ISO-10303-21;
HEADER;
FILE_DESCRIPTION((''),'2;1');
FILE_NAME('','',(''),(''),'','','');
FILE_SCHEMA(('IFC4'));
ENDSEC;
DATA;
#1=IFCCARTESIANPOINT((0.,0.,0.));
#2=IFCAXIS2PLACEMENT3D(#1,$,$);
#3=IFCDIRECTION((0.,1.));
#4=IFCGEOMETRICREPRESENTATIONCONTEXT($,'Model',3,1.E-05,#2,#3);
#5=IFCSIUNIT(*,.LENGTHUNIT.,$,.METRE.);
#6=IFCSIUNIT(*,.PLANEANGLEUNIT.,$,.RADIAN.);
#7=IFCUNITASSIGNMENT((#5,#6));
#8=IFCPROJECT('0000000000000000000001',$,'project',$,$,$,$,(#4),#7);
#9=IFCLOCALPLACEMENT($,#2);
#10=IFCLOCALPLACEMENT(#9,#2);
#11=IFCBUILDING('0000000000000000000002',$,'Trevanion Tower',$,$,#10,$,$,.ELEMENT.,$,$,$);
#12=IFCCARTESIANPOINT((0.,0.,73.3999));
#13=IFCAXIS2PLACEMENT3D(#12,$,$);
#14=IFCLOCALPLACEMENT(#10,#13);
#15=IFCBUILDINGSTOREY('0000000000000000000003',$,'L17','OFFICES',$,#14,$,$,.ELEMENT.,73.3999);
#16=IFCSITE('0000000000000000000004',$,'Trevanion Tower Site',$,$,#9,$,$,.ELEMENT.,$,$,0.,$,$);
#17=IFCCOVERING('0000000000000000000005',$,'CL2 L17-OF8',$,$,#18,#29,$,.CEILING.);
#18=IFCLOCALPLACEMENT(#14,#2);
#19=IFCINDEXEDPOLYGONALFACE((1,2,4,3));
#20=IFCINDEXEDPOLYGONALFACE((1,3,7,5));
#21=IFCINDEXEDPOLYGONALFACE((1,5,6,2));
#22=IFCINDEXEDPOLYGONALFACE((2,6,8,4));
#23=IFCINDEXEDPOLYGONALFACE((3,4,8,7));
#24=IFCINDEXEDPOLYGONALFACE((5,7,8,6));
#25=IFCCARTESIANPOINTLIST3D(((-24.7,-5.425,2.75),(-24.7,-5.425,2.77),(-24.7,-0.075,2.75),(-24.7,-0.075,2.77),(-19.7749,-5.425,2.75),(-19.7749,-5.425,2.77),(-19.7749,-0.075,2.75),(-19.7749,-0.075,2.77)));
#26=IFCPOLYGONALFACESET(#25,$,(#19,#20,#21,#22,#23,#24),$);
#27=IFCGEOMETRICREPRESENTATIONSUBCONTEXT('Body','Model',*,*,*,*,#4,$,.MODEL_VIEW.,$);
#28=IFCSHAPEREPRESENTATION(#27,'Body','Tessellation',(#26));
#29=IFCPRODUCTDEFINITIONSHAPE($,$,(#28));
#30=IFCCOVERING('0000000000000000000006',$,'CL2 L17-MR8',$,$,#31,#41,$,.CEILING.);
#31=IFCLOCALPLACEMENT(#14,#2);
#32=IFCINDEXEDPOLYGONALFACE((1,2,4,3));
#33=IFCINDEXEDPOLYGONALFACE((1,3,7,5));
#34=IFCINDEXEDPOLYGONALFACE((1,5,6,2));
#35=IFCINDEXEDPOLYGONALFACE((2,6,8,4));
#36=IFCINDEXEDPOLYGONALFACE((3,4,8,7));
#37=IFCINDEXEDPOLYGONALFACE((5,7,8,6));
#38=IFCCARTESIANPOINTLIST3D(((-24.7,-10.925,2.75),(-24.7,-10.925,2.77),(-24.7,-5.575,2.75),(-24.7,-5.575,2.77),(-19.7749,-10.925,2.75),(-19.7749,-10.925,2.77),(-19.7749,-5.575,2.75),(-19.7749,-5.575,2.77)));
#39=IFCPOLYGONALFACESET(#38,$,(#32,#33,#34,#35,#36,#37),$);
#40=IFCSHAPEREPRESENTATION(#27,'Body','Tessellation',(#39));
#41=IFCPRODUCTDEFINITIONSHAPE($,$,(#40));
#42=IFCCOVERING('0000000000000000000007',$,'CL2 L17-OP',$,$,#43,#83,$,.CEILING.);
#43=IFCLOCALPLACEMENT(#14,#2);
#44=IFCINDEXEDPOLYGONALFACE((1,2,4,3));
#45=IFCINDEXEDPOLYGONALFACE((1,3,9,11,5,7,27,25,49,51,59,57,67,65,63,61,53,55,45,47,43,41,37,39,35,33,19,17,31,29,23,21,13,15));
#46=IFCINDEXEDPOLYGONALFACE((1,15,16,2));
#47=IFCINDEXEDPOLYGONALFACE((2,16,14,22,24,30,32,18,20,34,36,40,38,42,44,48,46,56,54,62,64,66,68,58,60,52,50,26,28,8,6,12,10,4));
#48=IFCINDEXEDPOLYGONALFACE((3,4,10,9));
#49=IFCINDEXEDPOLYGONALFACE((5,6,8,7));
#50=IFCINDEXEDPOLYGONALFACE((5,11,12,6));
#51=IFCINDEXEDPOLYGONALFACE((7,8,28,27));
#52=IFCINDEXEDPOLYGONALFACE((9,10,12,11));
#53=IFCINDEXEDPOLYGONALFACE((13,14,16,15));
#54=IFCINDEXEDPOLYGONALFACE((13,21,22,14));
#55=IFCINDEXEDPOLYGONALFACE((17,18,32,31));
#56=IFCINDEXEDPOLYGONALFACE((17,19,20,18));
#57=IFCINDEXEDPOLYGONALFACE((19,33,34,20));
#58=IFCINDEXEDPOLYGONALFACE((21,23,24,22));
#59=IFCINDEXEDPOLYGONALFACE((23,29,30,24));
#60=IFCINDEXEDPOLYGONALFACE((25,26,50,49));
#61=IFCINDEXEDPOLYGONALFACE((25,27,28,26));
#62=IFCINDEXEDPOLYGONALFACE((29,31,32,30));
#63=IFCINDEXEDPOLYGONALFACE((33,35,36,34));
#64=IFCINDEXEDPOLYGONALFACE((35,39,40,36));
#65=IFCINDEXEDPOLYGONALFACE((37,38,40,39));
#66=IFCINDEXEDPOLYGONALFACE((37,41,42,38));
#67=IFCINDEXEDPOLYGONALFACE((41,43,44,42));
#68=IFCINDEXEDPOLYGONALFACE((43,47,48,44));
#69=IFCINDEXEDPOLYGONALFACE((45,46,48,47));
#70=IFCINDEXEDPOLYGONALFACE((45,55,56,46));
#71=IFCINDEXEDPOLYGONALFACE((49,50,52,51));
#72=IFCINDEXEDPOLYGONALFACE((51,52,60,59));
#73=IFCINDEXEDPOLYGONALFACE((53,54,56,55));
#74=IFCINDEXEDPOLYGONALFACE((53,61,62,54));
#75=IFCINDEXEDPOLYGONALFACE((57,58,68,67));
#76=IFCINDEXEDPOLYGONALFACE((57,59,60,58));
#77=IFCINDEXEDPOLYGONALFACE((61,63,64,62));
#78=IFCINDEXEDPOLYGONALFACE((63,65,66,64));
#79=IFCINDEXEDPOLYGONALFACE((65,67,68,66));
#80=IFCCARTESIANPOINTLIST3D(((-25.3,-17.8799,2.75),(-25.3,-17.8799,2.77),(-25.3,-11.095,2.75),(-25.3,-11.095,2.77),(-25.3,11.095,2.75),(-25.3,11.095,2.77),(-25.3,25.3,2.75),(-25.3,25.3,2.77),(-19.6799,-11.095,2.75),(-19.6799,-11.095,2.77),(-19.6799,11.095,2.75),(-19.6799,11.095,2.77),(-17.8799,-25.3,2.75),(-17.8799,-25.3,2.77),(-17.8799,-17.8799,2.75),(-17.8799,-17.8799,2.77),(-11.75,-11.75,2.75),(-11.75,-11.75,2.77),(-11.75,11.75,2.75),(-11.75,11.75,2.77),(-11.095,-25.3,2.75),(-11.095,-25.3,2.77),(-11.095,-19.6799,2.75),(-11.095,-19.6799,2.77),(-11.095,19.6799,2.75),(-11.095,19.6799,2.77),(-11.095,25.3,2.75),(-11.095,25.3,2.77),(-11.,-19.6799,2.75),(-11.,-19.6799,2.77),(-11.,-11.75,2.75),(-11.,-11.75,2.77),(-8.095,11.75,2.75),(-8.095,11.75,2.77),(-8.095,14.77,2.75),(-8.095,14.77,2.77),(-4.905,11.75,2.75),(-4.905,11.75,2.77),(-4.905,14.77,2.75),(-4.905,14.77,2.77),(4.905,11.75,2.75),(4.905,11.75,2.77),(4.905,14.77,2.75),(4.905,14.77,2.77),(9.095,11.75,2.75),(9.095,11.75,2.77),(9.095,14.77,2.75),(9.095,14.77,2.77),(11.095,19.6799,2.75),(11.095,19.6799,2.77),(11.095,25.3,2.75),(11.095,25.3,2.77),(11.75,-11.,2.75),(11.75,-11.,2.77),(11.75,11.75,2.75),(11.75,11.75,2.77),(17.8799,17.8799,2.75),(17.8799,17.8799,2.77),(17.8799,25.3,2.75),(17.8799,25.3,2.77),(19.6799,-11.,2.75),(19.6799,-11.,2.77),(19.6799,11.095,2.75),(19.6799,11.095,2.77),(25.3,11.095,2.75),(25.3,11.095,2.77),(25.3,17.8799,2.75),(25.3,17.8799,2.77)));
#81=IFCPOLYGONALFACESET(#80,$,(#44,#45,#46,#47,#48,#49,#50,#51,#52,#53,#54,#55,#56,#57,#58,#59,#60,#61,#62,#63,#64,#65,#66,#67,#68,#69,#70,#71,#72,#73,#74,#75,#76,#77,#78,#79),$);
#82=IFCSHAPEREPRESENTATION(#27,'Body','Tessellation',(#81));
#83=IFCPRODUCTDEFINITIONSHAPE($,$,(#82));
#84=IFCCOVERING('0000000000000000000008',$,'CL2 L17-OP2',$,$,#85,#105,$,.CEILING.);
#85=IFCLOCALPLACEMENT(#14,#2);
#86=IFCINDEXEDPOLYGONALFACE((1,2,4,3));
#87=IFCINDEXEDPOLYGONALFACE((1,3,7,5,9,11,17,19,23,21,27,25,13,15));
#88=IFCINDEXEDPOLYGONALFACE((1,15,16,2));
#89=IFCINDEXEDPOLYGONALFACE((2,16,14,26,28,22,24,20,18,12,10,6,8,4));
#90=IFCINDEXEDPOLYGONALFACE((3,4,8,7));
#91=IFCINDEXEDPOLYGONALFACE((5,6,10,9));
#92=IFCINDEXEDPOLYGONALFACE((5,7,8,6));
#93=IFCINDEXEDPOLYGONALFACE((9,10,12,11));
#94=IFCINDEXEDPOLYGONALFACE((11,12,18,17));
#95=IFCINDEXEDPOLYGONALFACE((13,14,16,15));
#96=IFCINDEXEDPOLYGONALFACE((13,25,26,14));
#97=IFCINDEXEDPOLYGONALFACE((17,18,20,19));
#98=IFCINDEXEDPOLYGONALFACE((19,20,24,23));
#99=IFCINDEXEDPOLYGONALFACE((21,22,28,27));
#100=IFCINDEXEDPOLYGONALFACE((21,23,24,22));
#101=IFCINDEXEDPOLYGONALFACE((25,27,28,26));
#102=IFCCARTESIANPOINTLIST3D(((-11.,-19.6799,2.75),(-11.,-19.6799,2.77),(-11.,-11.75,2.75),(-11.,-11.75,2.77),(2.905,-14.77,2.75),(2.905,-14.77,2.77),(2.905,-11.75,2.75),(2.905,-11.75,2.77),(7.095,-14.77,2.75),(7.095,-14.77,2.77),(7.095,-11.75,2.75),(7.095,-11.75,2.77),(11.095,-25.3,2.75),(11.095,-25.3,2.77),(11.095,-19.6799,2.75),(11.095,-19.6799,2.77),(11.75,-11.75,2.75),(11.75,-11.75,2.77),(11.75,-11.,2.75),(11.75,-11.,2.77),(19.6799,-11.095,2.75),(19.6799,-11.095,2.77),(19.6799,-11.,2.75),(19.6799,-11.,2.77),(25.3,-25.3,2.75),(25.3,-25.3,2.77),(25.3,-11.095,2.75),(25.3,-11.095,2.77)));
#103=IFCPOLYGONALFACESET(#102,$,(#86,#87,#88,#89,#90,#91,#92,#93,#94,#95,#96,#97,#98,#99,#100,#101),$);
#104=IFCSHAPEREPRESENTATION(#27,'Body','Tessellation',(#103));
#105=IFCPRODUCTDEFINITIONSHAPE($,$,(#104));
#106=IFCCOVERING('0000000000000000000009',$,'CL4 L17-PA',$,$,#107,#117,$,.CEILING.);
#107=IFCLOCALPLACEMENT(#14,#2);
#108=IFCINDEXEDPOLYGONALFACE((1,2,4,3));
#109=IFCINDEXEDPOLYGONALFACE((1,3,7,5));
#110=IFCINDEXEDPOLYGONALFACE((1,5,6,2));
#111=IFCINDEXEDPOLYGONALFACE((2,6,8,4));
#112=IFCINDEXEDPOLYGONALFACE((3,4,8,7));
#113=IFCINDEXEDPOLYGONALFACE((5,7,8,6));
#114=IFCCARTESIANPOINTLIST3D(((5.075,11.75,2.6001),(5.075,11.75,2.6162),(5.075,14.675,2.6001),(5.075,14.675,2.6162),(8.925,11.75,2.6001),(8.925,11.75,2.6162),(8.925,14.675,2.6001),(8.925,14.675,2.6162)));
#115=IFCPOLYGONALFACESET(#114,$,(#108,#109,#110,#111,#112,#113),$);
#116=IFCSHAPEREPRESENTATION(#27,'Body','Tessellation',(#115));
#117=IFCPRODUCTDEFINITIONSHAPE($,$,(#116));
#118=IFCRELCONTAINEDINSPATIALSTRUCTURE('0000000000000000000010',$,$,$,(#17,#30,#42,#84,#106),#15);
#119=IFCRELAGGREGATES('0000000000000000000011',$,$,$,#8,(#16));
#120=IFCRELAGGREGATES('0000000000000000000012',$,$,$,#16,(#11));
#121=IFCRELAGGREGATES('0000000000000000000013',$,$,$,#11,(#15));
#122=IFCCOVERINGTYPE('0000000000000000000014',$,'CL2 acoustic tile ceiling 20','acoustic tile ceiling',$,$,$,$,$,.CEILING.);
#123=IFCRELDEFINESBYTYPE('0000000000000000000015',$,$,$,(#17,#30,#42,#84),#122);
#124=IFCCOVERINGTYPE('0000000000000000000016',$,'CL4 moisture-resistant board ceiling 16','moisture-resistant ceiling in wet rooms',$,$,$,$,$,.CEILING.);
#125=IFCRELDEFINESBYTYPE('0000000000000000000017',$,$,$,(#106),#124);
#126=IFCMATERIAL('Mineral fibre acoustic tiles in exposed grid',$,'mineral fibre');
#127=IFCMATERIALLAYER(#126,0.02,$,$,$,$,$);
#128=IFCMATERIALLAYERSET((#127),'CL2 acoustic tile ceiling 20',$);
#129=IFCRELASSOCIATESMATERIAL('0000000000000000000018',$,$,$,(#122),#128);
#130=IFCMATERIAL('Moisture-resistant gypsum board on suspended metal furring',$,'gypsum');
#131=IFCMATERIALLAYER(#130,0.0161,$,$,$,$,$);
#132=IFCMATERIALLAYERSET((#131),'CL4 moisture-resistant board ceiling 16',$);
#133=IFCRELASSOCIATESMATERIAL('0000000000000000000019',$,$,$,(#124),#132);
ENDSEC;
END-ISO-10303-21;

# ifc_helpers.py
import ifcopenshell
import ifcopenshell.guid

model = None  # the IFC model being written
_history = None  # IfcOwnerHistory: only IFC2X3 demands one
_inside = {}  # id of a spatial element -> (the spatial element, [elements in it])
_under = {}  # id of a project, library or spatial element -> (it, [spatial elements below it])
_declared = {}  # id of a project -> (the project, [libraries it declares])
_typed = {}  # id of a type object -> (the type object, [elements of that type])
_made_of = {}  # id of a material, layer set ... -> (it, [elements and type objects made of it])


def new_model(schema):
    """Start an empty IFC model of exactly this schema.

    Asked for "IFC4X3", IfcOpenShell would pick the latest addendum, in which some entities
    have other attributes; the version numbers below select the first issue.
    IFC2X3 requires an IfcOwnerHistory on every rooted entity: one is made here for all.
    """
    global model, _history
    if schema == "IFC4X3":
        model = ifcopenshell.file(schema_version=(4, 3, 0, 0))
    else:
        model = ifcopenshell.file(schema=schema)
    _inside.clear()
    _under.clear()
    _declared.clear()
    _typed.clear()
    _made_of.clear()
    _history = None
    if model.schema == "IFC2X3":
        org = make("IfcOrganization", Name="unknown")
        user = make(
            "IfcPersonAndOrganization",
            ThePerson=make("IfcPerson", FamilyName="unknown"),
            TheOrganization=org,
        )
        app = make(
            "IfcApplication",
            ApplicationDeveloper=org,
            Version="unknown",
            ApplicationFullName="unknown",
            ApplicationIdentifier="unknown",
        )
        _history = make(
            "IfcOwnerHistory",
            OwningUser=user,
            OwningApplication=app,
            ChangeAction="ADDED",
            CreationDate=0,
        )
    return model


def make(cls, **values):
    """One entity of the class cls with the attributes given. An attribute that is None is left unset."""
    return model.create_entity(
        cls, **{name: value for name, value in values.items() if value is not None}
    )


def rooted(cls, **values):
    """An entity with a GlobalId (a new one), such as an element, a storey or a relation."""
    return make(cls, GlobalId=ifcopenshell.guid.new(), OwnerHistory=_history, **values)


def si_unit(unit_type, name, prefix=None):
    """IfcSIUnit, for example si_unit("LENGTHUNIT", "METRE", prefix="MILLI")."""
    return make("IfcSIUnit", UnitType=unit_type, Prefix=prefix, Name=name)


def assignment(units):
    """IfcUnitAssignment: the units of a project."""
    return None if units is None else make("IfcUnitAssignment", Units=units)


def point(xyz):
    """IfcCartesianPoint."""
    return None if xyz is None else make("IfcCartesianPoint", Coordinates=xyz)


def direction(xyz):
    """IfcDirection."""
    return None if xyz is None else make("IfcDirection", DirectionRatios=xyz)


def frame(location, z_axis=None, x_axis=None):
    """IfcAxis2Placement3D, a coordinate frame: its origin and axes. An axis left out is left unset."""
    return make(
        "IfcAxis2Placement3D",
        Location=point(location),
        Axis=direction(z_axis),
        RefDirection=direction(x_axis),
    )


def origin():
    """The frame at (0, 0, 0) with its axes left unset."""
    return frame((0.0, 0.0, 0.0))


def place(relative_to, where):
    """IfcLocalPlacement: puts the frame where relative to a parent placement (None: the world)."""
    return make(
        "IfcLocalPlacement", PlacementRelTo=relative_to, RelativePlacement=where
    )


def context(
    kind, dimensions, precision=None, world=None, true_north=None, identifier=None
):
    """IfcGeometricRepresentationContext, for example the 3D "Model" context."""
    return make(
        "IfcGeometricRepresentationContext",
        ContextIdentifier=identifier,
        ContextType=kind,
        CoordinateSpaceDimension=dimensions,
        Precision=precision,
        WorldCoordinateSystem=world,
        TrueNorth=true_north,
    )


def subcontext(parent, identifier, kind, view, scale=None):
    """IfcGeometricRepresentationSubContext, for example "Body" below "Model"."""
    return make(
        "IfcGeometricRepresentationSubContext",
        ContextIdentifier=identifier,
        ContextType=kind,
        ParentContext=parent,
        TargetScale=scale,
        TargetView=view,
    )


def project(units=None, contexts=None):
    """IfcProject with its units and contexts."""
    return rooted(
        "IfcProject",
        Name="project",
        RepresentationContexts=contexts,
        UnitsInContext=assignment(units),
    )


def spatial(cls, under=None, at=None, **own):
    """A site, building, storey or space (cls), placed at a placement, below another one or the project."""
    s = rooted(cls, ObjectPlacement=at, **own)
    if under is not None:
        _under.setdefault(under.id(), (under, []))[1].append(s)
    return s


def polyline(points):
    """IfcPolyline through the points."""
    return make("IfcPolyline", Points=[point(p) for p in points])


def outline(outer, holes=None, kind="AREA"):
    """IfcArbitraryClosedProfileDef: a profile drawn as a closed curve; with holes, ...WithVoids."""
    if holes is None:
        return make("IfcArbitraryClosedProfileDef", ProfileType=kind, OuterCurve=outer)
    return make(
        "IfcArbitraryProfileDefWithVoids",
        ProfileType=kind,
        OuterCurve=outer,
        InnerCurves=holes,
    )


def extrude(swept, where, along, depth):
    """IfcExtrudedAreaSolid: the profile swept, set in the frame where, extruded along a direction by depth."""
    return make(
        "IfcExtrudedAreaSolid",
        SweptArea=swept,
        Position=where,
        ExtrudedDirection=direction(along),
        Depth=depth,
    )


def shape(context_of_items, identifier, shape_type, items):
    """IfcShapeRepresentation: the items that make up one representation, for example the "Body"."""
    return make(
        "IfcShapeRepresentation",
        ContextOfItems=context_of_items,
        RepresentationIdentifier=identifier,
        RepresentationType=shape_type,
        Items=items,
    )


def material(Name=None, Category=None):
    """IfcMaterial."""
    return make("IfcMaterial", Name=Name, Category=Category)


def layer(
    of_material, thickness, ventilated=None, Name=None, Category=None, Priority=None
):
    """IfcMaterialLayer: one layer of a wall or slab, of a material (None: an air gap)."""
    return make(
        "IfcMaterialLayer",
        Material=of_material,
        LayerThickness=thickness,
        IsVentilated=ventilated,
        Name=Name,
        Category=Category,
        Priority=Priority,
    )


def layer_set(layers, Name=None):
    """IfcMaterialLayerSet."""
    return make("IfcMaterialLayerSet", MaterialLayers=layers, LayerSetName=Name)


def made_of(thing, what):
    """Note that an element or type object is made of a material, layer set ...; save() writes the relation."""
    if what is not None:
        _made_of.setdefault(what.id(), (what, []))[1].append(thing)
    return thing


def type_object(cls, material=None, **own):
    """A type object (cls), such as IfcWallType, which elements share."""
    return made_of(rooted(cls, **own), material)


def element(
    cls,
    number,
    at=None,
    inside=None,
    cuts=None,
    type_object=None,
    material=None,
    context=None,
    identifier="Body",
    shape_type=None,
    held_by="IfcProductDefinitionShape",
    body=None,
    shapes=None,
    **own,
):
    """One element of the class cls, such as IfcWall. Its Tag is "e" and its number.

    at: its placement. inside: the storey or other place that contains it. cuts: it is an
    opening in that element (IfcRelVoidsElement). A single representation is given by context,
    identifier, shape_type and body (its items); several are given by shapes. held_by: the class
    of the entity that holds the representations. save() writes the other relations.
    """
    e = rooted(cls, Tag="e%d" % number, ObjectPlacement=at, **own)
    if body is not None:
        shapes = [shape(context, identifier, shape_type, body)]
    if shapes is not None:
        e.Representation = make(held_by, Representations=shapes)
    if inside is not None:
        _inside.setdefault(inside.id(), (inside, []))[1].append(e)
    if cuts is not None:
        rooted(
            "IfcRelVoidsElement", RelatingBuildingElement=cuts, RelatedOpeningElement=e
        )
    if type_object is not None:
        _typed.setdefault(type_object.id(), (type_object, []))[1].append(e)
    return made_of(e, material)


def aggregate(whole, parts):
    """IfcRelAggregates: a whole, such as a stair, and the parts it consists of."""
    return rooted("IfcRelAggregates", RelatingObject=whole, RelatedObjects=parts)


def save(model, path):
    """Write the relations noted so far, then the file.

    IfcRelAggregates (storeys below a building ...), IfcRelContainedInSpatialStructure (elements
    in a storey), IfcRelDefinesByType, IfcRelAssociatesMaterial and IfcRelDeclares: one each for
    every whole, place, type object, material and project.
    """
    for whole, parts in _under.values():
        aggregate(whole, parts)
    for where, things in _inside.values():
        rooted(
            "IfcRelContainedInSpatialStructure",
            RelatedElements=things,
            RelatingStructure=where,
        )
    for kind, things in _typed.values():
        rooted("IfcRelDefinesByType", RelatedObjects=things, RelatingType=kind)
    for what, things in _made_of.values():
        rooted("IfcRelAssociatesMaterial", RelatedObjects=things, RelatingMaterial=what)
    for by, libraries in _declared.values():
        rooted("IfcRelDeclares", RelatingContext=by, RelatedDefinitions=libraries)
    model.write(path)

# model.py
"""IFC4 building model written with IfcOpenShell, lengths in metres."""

from ifc_helpers import new_model, si_unit, direction, frame, origin, place, context, subcontext, project, spatial, polyline, outline, extrude, material, layer, layer_set, type_object, element, save


model = new_model("IFC4")

# Units and contexts
model_context = context("Model", 3, precision=1e-05, world=origin(), true_north=direction((0.0, 1.0)))
body_context = subcontext(model_context, "Body", "Model", "MODEL_VIEW")
ifc_project = project(units=[si_unit("LENGTHUNIT", "METRE"), si_unit("PLANEANGLEUNIT", "RADIAN")], contexts=[model_context])

# Site, building, storey
site_placement = place(None, origin())
site = spatial("IfcSite", under=ifc_project, at=site_placement, Name="Trevanion Tower Site", CompositionType="ELEMENT", RefElevation=0.0)
building_placement = place(site_placement, origin())
building = spatial("IfcBuilding", under=site, at=building_placement, Name="Trevanion Tower", CompositionType="ELEMENT")
storey_placement = place(building_placement, frame((0.0, 0.0, 73.3999)))
storey = spatial("IfcBuildingStorey", under=building, at=storey_placement, Name="L17", Description="OFFICES", CompositionType="ELEMENT", Elevation=73.3999)

# Coverings
ifc_material_1 = material(Name="Mineral fibre acoustic tiles in exposed grid", Category="mineral fibre")
ifc_layer_1 = layer(ifc_material_1, 0.02)
ifc_layer_set_1 = layer_set([ifc_layer_1], Name="CL2 acoustic tile ceiling 20")
covering_type_1 = type_object("IfcCoveringType", Name="CL2 acoustic tile ceiling 20", Description="acoustic tile ceiling", PredefinedType="CEILING", material=ifc_layer_set_1)
covering_1_placement = place(storey_placement, frame((0.0, 0.0, 2.75)))
element("IfcCovering", 1, at=covering_1_placement, inside=storey, type_object=covering_type_1, Name="CL2 L17-OF8", PredefinedType="CEILING", context=body_context, shape_type="SweptSolid", body=[
    extrude(outline(polyline([(-19.7749, -0.075), (-19.7749, -5.425), (-24.7, -5.425), (-24.7, -0.075), (-19.7749, -0.075)])), origin(), (0.0, 0.0, 1.0), 0.02),
])
covering_2_placement = place(storey_placement, frame((0.0, 0.0, 2.75)))
element("IfcCovering", 2, at=covering_2_placement, inside=storey, type_object=covering_type_1, Name="CL2 L17-MR8", PredefinedType="CEILING", context=body_context, shape_type="SweptSolid", body=[
    extrude(outline(polyline([(-19.7749, -5.575), (-19.7749, -10.925), (-24.7, -10.925), (-24.7, -5.575), (-19.7749, -5.575)])), origin(), (0.0, 0.0, 1.0), 0.02),
])
covering_3_placement = place(storey_placement, frame((0.0, 0.0, 2.75)))
element("IfcCovering", 3, at=covering_3_placement, inside=storey, type_object=covering_type_1, Name="CL2 L17-OP", PredefinedType="CEILING", context=body_context, shape_type="SweptSolid", body=[
    extrude(outline(polyline([(-11.0, -11.75), (-11.0, -19.6799), (-11.095, -19.6799), (-11.095, -25.3), (-17.8799, -25.3), (-17.8799, -17.8799), (-25.3, -17.8799), (-25.3, -11.095), (-19.6799, -11.095), (-19.6799, 11.095), (-25.3, 11.095), (-25.3, 25.3), (-11.095, 25.3), (-11.095, 19.6799), (11.095, 19.6799), (11.095, 25.3), (17.8799, 25.3), (17.8799, 17.8799), (25.3, 17.8799), (25.3, 11.095), (19.6799, 11.095), (19.6799, -11.0), (11.75, -11.0), (11.75, 11.75), (9.095, 11.75), (9.095, 14.77), (4.905, 14.77), (4.905, 11.75), (-4.905, 11.75), (-4.905, 14.77), (-8.095, 14.77), (-8.095, 11.75), (-11.75, 11.75), (-11.75, -11.75), (-11.0, -11.75)])), origin(), (0.0, 0.0, 1.0), 0.02),
])
covering_4_placement = place(storey_placement, frame((0.0, 0.0, 2.75)))
element("IfcCovering", 4, at=covering_4_placement, inside=storey, type_object=covering_type_1, Name="CL2 L17-OP2", PredefinedType="CEILING", context=body_context, shape_type="SweptSolid", body=[
    extrude(outline(polyline([(2.905, -11.75), (2.905, -14.77), (7.095, -14.77), (7.095, -11.75), (11.75, -11.75), (11.75, -11.0), (19.6799, -11.0), (19.6799, -11.095), (25.3, -11.095), (25.3, -25.3), (11.095, -25.3), (11.095, -19.6799), (-11.0, -19.6799), (-11.0, -11.75), (2.905, -11.75)])), origin(), (0.0, 0.0, 1.0), 0.02),
])
ifc_material_2 = material(Name="Moisture-resistant gypsum board on suspended metal furring", Category="gypsum")
ifc_layer_2 = layer(ifc_material_2, 0.0161)
ifc_layer_set_2 = layer_set([ifc_layer_2], Name="CL4 moisture-resistant board ceiling 16")
covering_type_2 = type_object("IfcCoveringType", Name="CL4 moisture-resistant board ceiling 16", Description="moisture-resistant ceiling in wet rooms", PredefinedType="CEILING", material=ifc_layer_set_2)
covering_5_placement = place(storey_placement, frame((0.0, 0.0, 2.6001)))
element("IfcCovering", 5, at=covering_5_placement, inside=storey, type_object=covering_type_2, Name="CL4 L17-PA", PredefinedType="CEILING", context=body_context, shape_type="SweptSolid", body=[
    extrude(outline(polyline([(5.075, 14.675), (8.925, 14.675), (8.925, 11.75), (5.075, 11.75), (5.075, 14.675)])), origin(), (0.0, 0.0, 1.0), 0.0161),
])

save(model, "model.ifc")
